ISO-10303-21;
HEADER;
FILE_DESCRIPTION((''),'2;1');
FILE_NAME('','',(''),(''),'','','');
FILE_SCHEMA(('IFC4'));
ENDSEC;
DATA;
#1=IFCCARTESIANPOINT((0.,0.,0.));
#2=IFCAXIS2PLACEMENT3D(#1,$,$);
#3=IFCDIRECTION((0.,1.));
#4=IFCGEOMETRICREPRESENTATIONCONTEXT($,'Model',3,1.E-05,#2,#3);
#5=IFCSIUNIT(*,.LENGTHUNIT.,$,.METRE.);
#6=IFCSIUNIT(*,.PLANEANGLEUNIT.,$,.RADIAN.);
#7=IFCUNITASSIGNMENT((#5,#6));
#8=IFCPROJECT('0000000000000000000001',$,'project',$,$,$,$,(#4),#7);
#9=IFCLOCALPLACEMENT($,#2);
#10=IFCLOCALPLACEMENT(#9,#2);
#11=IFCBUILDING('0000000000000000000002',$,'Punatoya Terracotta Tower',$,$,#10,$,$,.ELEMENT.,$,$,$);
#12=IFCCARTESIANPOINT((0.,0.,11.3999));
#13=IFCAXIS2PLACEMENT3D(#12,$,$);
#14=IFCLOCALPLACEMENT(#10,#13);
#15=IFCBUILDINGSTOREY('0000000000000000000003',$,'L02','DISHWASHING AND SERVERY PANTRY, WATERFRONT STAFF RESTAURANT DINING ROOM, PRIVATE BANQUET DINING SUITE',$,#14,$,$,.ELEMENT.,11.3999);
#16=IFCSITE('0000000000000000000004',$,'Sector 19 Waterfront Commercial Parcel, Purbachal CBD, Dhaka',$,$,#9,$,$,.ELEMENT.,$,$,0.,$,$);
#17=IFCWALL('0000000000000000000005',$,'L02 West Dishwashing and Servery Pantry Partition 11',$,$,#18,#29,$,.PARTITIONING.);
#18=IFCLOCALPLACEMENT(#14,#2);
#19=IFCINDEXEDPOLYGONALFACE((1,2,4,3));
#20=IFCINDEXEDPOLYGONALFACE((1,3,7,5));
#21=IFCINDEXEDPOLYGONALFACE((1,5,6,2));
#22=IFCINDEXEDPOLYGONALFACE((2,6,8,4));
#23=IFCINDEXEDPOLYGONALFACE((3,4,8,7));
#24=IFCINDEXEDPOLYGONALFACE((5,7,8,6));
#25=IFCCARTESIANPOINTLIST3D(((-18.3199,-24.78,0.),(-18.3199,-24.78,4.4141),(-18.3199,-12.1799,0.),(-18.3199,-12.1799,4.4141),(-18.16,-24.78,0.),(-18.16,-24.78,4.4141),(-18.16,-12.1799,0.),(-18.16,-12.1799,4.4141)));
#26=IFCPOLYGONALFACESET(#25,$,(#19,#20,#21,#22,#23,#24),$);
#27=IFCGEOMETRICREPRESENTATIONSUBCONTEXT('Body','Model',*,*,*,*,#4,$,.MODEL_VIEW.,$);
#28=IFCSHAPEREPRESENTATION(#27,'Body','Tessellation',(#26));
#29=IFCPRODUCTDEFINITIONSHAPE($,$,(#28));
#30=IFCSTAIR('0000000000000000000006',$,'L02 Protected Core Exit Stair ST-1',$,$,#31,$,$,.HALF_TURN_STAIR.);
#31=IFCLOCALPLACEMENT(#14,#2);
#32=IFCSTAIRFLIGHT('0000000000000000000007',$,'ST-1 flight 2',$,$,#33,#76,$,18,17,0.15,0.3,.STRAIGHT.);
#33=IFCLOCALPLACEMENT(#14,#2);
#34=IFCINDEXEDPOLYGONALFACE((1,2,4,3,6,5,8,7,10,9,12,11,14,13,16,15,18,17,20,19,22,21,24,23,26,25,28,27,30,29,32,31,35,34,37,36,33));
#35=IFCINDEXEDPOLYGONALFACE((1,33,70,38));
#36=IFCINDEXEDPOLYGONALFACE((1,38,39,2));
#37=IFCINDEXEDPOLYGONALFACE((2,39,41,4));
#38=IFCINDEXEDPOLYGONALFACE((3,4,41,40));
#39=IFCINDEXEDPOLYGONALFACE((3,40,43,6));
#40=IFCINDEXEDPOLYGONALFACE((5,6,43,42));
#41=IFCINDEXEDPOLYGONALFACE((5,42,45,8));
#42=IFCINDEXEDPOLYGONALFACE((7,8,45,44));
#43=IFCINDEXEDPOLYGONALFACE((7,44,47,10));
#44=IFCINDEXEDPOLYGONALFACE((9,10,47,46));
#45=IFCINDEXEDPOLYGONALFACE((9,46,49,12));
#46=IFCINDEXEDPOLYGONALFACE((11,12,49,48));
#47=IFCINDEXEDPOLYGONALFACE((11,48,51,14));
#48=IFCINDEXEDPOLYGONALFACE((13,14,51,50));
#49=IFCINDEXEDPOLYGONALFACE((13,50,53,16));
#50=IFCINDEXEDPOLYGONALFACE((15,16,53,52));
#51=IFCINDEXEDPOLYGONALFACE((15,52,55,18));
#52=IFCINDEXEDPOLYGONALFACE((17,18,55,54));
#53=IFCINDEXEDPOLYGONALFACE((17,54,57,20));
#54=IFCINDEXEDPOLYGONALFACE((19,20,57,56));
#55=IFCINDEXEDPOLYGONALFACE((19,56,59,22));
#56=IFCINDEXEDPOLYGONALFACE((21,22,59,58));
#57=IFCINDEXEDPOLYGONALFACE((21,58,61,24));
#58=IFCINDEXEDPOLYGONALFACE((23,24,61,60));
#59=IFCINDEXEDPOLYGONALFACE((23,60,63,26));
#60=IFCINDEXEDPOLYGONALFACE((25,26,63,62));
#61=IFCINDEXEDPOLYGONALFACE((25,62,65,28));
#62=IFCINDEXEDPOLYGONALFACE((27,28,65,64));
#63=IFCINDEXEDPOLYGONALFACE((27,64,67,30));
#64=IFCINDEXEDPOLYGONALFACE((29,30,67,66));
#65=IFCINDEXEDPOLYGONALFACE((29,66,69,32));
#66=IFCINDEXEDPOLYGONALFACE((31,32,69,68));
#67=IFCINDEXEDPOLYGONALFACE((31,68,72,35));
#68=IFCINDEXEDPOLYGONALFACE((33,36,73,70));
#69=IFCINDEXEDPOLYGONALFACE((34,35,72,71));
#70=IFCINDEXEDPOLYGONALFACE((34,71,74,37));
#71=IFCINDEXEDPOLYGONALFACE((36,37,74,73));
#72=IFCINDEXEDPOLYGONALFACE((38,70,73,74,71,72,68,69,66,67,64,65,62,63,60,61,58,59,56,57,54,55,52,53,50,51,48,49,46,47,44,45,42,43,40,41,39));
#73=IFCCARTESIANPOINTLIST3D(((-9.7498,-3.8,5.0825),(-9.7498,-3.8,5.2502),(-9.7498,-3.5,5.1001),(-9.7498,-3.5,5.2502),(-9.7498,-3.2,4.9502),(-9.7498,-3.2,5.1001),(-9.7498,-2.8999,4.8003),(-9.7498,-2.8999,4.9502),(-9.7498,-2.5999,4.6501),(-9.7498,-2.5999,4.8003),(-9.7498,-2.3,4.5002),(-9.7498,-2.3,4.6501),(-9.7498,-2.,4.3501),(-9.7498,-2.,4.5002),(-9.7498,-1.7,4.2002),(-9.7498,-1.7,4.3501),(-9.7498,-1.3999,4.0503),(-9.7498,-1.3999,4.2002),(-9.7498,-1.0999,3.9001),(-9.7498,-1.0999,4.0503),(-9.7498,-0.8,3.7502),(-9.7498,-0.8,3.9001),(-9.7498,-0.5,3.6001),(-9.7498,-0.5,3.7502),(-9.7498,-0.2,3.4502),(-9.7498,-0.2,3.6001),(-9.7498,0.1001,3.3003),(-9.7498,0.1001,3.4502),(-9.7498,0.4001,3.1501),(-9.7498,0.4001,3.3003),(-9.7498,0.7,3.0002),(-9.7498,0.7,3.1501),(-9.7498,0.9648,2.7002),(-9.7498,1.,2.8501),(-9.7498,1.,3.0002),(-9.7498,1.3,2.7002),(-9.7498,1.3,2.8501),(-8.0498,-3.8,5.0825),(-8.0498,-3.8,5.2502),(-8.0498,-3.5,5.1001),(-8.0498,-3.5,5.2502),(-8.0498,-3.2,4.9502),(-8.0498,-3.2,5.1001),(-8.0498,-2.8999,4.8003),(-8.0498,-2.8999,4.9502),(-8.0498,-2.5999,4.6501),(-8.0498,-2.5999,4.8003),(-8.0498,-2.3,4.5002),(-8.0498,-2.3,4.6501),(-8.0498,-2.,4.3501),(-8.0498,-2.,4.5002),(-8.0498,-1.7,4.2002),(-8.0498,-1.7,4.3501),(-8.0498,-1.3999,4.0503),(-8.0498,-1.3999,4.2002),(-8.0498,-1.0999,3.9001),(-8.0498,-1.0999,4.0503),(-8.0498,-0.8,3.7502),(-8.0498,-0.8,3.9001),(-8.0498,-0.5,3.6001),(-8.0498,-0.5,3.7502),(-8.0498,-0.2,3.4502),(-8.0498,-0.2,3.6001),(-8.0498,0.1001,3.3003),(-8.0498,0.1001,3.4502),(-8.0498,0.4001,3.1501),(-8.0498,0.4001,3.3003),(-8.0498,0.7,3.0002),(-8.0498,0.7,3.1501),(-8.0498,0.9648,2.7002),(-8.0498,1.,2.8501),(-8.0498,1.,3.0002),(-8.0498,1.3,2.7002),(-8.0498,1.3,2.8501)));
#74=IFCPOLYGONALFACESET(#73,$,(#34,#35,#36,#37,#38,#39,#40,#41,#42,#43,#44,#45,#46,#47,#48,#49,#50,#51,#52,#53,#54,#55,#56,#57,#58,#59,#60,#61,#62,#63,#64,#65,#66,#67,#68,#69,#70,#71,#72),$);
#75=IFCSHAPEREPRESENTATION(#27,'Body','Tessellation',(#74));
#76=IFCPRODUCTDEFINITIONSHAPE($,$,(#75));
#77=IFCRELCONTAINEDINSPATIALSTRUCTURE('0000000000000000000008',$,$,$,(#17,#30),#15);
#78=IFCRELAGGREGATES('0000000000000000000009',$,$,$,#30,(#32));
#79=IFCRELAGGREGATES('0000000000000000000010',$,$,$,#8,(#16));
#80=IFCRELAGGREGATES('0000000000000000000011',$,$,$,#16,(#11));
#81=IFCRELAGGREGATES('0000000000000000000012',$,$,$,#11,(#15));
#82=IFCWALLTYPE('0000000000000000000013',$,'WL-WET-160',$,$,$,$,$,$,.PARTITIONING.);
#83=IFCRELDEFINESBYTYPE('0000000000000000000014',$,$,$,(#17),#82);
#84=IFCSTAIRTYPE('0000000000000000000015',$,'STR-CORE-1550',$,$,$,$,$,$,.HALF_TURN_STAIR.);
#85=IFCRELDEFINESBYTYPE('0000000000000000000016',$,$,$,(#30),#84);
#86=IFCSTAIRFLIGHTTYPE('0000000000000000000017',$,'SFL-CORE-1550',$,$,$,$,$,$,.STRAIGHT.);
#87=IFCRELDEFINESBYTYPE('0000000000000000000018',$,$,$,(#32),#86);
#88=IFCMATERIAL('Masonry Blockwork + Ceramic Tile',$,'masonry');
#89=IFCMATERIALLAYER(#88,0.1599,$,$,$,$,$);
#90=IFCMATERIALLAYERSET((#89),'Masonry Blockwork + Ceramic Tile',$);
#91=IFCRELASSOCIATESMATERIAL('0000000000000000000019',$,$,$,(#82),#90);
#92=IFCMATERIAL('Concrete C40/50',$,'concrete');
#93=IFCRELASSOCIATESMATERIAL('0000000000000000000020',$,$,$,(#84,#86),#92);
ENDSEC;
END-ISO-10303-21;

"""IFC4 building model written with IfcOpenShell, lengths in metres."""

from ifc_helpers import new_model, si_unit, direction, frame, frame_2d, origin, place, context, subcontext, project, spatial, polyline, rectangle, outline, extrude, material, layer, layer_set, type_object, element, aggregate, save


model = new_model("IFC4")

# Units and contexts
model_context = context("Model", 3, precision=1e-05, world=origin(), true_north=direction((0.0, 1.0)))
body_context = subcontext(model_context, "Body", "Model", "MODEL_VIEW")
ifc_project = project(units=[si_unit("LENGTHUNIT", "METRE"), si_unit("PLANEANGLEUNIT", "RADIAN")], contexts=[model_context])

# Site, building, storey
site_placement = place(None, origin())
site = spatial("IfcSite", under=ifc_project, at=site_placement, Name="Sector 19 Waterfront Commercial Parcel, Purbachal CBD, Dhaka", CompositionType="ELEMENT", RefElevation=0.0)
building_placement = place(site_placement, origin())
building = spatial("IfcBuilding", under=site, at=building_placement, Name="Punatoya Terracotta Tower", CompositionType="ELEMENT")
storey_placement = place(building_placement, frame((0.0, 0.0, 11.3999)))
storey = spatial("IfcBuildingStorey", under=building, at=storey_placement, Name="L02", Description="DISHWASHING AND SERVERY PANTRY, WATERFRONT STAFF RESTAURANT DINING ROOM, PRIVATE BANQUET DINING SUITE", CompositionType="ELEMENT", Elevation=11.3999)

# Shared definitions
ifc_material_1 = material(Name="Concrete C40/50", Category="concrete")

# Wall
ifc_material_2 = material(Name="Masonry Blockwork + Ceramic Tile", Category="masonry")
ifc_layer_1 = layer(ifc_material_2, 0.1599)
ifc_layer_set_1 = layer_set([ifc_layer_1], Name="Masonry Blockwork + Ceramic Tile")
wall_type_1 = type_object("IfcWallType", Name="WL-WET-160", PredefinedType="PARTITIONING", material=ifc_layer_set_1)
wall_1_placement = place(storey_placement, frame((-18.24, -12.1799, 0.0), z_axis=(0.0, 0.0, 1.0), x_axis=(0.0, -1.0, 0.0)))
element("IfcWall", 1, at=wall_1_placement, inside=storey, type_object=wall_type_1, Name="L02 West Dishwashing and Servery Pantry Partition 11", PredefinedType="PARTITIONING", context=body_context, shape_type="SweptSolid", body=[
    extrude(rectangle(XDim=12.6001, YDim=0.1599, at=frame_2d((6.3, 0.0))), origin(), (0.0, 0.0, 1.0), 4.4141),
])

# Stair, stair flight
stair_type = type_object("IfcStairType", Name="STR-CORE-1550", PredefinedType="HALF_TURN_STAIR", material=ifc_material_1)
stair_placement = place(storey_placement, origin())
stair = element("IfcStair", 2, at=stair_placement, inside=storey, type_object=stair_type, Name="L02 Protected Core Exit Stair ST-1", PredefinedType="HALF_TURN_STAIR")
stair_flight_type = type_object("IfcStairFlightType", Name="SFL-CORE-1550", PredefinedType="STRAIGHT", material=ifc_material_1)
stair_flight_placement = place(storey_placement, frame((-8.8999, 1.3, 2.7002), z_axis=(0.0, 0.0, 1.0), x_axis=(0.0, -1.0, 0.0)))
stair_flight = element("IfcStairFlight", 3, at=stair_flight_placement, type_object=stair_flight_type, Name="ST-1 flight 2", NumberOfRisers=18, NumberOfTreads=17, PredefinedType="STRAIGHT", RiserHeight=0.15, TreadLength=0.3, context=body_context, shape_type="SweptSolid", body=[
    extrude(outline(polyline([(0.0, 0.0), (0.0, 0.1499), (0.3, 0.1499), (0.3, 0.3), (0.6001, 0.3), (0.6001, 0.45), (0.8999, 0.45), (0.8999, 0.6001), (1.2, 0.6001), (1.2, 0.75), (1.5, 0.75), (1.5, 0.8999), (1.8, 0.8999), (1.8, 1.05), (2.1001, 1.05), (2.1001, 1.2), (2.3999, 1.2), (2.3999, 1.3501), (2.7, 1.3501), (2.7, 1.5), (3.0, 1.5), (3.0, 1.6499), (3.3, 1.6499), (3.3, 1.8), (3.6001, 1.8), (3.6001, 1.95), (3.8999, 1.95), (3.8999, 2.1001), (4.2, 2.1001), (4.2, 2.25), (4.5, 2.25), (4.5, 2.3999), (4.8, 2.3999), (4.8, 2.55), (5.1001, 2.55), (5.1001, 2.7), (5.1001, 2.3823), (0.3352, 0.0), (0.0, 0.0)])), frame((0.0, 0.8501, 0.0), z_axis=(0.0, -1.0, 0.0), x_axis=(1.0, 0.0, 0.0)), (0.0, 0.0, 1.0), 1.7),
])
aggregate(stair, [stair_flight])

save(model, "model.ifc")
